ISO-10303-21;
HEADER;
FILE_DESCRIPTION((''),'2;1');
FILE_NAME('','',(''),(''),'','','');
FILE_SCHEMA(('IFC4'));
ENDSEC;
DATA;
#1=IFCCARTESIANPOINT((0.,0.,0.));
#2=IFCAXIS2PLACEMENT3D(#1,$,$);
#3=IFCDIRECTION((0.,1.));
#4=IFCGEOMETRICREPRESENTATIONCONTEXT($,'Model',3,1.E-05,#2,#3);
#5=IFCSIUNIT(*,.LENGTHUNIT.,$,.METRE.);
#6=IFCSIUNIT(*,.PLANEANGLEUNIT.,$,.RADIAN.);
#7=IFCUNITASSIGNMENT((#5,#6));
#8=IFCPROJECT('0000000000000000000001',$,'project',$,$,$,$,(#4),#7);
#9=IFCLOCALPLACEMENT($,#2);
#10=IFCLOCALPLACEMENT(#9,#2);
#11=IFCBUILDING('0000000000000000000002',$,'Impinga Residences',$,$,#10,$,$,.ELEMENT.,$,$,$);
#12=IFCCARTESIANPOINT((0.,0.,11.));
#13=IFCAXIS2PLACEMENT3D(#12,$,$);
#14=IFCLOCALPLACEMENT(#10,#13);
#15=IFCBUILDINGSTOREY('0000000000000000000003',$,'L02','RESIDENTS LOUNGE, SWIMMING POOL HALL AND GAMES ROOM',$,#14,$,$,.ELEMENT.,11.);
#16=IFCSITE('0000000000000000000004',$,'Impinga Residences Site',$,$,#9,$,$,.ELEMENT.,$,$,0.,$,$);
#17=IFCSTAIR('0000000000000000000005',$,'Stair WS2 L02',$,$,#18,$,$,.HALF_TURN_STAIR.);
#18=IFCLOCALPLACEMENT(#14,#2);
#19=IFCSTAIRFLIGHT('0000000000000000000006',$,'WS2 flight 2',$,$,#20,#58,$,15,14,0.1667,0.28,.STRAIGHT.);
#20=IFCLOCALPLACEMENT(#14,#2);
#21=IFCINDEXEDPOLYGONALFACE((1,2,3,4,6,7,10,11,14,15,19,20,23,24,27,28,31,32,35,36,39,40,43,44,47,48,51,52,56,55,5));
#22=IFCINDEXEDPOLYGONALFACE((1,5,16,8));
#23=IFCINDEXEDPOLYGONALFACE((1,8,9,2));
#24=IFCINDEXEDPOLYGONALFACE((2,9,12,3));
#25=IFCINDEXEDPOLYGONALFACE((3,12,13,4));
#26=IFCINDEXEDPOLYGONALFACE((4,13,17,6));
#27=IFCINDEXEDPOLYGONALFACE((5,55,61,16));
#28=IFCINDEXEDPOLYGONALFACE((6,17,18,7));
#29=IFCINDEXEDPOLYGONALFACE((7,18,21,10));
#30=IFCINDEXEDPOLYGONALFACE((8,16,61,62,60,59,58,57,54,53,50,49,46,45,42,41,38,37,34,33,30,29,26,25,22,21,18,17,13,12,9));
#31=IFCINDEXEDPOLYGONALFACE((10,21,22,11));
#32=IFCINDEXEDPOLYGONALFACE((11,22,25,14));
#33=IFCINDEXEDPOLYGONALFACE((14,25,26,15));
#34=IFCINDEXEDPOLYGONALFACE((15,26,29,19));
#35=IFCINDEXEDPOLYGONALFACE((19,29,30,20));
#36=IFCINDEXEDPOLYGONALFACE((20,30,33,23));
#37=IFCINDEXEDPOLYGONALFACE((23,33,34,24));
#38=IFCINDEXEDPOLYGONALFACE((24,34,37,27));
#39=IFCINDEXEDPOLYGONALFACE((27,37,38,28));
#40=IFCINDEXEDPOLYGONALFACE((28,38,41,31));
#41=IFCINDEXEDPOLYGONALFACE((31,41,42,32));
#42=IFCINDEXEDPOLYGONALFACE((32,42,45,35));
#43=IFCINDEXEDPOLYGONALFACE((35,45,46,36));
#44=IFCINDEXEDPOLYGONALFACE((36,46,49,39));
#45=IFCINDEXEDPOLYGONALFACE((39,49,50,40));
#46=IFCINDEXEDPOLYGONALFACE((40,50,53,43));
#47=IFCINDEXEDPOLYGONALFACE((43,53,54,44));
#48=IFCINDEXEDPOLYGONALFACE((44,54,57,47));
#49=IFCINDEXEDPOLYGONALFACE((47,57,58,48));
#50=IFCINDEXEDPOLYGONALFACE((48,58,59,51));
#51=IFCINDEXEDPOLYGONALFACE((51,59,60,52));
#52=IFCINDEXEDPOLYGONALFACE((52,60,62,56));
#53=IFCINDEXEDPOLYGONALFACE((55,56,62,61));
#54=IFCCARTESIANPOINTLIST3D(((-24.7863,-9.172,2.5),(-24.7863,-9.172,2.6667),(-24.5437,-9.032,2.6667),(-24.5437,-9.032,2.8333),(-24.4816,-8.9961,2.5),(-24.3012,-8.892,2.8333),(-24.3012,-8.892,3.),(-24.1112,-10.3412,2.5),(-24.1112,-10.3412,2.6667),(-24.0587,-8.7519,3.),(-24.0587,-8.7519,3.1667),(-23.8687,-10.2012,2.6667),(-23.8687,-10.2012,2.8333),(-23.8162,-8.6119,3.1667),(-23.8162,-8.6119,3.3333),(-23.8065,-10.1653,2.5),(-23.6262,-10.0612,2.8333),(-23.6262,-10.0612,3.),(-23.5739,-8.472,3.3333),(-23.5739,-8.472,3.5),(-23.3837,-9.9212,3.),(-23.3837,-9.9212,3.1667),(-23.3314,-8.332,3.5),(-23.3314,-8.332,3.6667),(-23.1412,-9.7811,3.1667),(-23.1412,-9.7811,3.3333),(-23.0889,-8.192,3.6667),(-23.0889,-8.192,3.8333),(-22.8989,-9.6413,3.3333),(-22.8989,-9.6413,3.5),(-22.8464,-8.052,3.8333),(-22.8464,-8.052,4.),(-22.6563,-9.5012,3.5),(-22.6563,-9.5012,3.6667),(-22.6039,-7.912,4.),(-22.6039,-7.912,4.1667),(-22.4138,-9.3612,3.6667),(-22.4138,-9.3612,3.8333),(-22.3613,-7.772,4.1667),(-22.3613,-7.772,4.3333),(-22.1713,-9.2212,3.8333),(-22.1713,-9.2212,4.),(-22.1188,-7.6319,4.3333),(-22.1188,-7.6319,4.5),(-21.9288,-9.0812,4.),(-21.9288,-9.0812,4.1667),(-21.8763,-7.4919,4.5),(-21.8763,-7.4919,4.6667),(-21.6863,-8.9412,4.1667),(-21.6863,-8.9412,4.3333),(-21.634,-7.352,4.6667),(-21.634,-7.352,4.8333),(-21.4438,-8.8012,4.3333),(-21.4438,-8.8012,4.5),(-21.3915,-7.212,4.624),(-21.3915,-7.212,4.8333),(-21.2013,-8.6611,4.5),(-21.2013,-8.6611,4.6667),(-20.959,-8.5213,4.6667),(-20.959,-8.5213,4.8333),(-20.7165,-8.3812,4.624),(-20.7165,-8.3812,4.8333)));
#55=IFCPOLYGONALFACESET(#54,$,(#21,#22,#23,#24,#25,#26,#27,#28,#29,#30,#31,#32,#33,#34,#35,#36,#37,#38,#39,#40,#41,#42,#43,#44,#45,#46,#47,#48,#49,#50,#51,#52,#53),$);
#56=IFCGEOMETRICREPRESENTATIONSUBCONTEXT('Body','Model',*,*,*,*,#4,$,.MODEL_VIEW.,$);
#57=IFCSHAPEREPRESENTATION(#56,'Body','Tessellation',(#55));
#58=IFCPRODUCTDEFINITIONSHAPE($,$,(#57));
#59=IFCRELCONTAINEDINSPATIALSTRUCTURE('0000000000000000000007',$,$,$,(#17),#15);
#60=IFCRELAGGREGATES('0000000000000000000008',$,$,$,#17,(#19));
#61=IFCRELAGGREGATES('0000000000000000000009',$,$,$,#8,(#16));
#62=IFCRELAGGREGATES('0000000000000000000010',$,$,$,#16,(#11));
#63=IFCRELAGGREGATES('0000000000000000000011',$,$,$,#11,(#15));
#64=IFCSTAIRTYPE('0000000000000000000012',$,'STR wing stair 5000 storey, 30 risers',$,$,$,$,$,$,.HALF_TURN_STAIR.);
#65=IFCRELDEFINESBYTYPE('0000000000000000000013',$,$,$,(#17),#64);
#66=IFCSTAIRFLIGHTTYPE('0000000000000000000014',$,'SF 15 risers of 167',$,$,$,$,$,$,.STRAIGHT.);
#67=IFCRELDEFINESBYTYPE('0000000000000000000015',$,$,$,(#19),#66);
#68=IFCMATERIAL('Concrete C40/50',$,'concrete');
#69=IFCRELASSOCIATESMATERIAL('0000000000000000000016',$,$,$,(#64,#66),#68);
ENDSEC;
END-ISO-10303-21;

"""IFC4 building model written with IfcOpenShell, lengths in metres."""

from ifc_helpers import new_model, si_unit, direction, frame, origin, place, context, subcontext, project, spatial, polyline, outline, extrude, material, type_object, element, aggregate, save


model = new_model("IFC4")

# Units and contexts
model_context = context("Model", 3, precision=1e-05, world=origin(), true_north=direction((0.0, 1.0)))
body_context = subcontext(model_context, "Body", "Model", "MODEL_VIEW")
ifc_project = project(units=[si_unit("LENGTHUNIT", "METRE"), si_unit("PLANEANGLEUNIT", "RADIAN")], contexts=[model_context])

# Site, building, storey
site_placement = place(None, origin())
site = spatial("IfcSite", under=ifc_project, at=site_placement, Name="Impinga Residences Site", CompositionType="ELEMENT", RefElevation=0.0)
building_placement = place(site_placement, origin())
building = spatial("IfcBuilding", under=site, at=building_placement, Name="Impinga Residences", CompositionType="ELEMENT")
storey_placement = place(building_placement, frame((0.0, 0.0, 11.0)))
storey = spatial("IfcBuildingStorey", under=building, at=storey_placement, Name="L02", Description="RESIDENTS LOUNGE, SWIMMING POOL HALL AND GAMES ROOM", CompositionType="ELEMENT", Elevation=11.0)

# Stair, stair flight
ifc_material_1 = material(Name="Concrete C40/50", Category="concrete")
stair_type = type_object("IfcStairType", Name="STR wing stair 5000 storey, 30 risers", PredefinedType="HALF_TURN_STAIR", material=ifc_material_1)
stair_placement = place(storey_placement, origin())
stair = element("IfcStair", 1, at=stair_placement, inside=storey, type_object=stair_type, Name="Stair WS2 L02", PredefinedType="HALF_TURN_STAIR")
stair_flight_type = type_object("IfcStairFlightType", Name="SF 15 risers of 167", PredefinedType="STRAIGHT", material=ifc_material_1)
stair_flight_1_placement = place(storey_placement, frame((-24.4487, -9.7566, 2.5), z_axis=(0.0, 0.0, 1.0), x_axis=(0.866025, 0.5, 0.0)))
stair_flight_1 = element("IfcStairFlight", 2, at=stair_flight_1_placement, type_object=stair_flight_type, Name="WS2 flight 2", NumberOfRisers=15, NumberOfTreads=14, PredefinedType="STRAIGHT", RiserHeight=0.1667, TreadLength=0.28, context=body_context, shape_type="SweptSolid", body=[
    extrude(outline(polyline([(0.0, 0.0), (0.0, 0.1667), (0.28, 0.1667), (0.28, 0.3333), (0.5601, 0.3333), (0.5601, 0.5), (0.8401, 0.5), (0.8401, 0.6667), (1.1201, 0.6667), (1.1201, 0.8333), (1.3999, 0.8333), (1.3999, 1.0), (1.6799, 1.0), (1.6799, 1.1667), (1.96, 1.1667), (1.96, 1.3333), (2.24, 1.3333), (2.24, 1.5), (2.52, 1.5), (2.52, 1.6667), (2.8, 1.6667), (2.8, 1.8333), (3.0801, 1.8333), (3.0801, 2.0), (3.3601, 2.0), (3.3601, 2.1667), (3.6399, 2.1667), (3.6399, 2.3333), (3.9199, 2.3333), (3.9199, 2.5), (3.9199, 2.124), (0.3518, 0.0), (0.0, 0.0)])), frame((0.0, 0.675, 0.0), z_axis=(0.0, -1.0, 0.0), x_axis=(1.0, 0.0, 0.0)), (0.0, 0.0, 1.0), 1.3501),
])
aggregate(stair, [stair_flight_1])

save(model, "model.ifc")
